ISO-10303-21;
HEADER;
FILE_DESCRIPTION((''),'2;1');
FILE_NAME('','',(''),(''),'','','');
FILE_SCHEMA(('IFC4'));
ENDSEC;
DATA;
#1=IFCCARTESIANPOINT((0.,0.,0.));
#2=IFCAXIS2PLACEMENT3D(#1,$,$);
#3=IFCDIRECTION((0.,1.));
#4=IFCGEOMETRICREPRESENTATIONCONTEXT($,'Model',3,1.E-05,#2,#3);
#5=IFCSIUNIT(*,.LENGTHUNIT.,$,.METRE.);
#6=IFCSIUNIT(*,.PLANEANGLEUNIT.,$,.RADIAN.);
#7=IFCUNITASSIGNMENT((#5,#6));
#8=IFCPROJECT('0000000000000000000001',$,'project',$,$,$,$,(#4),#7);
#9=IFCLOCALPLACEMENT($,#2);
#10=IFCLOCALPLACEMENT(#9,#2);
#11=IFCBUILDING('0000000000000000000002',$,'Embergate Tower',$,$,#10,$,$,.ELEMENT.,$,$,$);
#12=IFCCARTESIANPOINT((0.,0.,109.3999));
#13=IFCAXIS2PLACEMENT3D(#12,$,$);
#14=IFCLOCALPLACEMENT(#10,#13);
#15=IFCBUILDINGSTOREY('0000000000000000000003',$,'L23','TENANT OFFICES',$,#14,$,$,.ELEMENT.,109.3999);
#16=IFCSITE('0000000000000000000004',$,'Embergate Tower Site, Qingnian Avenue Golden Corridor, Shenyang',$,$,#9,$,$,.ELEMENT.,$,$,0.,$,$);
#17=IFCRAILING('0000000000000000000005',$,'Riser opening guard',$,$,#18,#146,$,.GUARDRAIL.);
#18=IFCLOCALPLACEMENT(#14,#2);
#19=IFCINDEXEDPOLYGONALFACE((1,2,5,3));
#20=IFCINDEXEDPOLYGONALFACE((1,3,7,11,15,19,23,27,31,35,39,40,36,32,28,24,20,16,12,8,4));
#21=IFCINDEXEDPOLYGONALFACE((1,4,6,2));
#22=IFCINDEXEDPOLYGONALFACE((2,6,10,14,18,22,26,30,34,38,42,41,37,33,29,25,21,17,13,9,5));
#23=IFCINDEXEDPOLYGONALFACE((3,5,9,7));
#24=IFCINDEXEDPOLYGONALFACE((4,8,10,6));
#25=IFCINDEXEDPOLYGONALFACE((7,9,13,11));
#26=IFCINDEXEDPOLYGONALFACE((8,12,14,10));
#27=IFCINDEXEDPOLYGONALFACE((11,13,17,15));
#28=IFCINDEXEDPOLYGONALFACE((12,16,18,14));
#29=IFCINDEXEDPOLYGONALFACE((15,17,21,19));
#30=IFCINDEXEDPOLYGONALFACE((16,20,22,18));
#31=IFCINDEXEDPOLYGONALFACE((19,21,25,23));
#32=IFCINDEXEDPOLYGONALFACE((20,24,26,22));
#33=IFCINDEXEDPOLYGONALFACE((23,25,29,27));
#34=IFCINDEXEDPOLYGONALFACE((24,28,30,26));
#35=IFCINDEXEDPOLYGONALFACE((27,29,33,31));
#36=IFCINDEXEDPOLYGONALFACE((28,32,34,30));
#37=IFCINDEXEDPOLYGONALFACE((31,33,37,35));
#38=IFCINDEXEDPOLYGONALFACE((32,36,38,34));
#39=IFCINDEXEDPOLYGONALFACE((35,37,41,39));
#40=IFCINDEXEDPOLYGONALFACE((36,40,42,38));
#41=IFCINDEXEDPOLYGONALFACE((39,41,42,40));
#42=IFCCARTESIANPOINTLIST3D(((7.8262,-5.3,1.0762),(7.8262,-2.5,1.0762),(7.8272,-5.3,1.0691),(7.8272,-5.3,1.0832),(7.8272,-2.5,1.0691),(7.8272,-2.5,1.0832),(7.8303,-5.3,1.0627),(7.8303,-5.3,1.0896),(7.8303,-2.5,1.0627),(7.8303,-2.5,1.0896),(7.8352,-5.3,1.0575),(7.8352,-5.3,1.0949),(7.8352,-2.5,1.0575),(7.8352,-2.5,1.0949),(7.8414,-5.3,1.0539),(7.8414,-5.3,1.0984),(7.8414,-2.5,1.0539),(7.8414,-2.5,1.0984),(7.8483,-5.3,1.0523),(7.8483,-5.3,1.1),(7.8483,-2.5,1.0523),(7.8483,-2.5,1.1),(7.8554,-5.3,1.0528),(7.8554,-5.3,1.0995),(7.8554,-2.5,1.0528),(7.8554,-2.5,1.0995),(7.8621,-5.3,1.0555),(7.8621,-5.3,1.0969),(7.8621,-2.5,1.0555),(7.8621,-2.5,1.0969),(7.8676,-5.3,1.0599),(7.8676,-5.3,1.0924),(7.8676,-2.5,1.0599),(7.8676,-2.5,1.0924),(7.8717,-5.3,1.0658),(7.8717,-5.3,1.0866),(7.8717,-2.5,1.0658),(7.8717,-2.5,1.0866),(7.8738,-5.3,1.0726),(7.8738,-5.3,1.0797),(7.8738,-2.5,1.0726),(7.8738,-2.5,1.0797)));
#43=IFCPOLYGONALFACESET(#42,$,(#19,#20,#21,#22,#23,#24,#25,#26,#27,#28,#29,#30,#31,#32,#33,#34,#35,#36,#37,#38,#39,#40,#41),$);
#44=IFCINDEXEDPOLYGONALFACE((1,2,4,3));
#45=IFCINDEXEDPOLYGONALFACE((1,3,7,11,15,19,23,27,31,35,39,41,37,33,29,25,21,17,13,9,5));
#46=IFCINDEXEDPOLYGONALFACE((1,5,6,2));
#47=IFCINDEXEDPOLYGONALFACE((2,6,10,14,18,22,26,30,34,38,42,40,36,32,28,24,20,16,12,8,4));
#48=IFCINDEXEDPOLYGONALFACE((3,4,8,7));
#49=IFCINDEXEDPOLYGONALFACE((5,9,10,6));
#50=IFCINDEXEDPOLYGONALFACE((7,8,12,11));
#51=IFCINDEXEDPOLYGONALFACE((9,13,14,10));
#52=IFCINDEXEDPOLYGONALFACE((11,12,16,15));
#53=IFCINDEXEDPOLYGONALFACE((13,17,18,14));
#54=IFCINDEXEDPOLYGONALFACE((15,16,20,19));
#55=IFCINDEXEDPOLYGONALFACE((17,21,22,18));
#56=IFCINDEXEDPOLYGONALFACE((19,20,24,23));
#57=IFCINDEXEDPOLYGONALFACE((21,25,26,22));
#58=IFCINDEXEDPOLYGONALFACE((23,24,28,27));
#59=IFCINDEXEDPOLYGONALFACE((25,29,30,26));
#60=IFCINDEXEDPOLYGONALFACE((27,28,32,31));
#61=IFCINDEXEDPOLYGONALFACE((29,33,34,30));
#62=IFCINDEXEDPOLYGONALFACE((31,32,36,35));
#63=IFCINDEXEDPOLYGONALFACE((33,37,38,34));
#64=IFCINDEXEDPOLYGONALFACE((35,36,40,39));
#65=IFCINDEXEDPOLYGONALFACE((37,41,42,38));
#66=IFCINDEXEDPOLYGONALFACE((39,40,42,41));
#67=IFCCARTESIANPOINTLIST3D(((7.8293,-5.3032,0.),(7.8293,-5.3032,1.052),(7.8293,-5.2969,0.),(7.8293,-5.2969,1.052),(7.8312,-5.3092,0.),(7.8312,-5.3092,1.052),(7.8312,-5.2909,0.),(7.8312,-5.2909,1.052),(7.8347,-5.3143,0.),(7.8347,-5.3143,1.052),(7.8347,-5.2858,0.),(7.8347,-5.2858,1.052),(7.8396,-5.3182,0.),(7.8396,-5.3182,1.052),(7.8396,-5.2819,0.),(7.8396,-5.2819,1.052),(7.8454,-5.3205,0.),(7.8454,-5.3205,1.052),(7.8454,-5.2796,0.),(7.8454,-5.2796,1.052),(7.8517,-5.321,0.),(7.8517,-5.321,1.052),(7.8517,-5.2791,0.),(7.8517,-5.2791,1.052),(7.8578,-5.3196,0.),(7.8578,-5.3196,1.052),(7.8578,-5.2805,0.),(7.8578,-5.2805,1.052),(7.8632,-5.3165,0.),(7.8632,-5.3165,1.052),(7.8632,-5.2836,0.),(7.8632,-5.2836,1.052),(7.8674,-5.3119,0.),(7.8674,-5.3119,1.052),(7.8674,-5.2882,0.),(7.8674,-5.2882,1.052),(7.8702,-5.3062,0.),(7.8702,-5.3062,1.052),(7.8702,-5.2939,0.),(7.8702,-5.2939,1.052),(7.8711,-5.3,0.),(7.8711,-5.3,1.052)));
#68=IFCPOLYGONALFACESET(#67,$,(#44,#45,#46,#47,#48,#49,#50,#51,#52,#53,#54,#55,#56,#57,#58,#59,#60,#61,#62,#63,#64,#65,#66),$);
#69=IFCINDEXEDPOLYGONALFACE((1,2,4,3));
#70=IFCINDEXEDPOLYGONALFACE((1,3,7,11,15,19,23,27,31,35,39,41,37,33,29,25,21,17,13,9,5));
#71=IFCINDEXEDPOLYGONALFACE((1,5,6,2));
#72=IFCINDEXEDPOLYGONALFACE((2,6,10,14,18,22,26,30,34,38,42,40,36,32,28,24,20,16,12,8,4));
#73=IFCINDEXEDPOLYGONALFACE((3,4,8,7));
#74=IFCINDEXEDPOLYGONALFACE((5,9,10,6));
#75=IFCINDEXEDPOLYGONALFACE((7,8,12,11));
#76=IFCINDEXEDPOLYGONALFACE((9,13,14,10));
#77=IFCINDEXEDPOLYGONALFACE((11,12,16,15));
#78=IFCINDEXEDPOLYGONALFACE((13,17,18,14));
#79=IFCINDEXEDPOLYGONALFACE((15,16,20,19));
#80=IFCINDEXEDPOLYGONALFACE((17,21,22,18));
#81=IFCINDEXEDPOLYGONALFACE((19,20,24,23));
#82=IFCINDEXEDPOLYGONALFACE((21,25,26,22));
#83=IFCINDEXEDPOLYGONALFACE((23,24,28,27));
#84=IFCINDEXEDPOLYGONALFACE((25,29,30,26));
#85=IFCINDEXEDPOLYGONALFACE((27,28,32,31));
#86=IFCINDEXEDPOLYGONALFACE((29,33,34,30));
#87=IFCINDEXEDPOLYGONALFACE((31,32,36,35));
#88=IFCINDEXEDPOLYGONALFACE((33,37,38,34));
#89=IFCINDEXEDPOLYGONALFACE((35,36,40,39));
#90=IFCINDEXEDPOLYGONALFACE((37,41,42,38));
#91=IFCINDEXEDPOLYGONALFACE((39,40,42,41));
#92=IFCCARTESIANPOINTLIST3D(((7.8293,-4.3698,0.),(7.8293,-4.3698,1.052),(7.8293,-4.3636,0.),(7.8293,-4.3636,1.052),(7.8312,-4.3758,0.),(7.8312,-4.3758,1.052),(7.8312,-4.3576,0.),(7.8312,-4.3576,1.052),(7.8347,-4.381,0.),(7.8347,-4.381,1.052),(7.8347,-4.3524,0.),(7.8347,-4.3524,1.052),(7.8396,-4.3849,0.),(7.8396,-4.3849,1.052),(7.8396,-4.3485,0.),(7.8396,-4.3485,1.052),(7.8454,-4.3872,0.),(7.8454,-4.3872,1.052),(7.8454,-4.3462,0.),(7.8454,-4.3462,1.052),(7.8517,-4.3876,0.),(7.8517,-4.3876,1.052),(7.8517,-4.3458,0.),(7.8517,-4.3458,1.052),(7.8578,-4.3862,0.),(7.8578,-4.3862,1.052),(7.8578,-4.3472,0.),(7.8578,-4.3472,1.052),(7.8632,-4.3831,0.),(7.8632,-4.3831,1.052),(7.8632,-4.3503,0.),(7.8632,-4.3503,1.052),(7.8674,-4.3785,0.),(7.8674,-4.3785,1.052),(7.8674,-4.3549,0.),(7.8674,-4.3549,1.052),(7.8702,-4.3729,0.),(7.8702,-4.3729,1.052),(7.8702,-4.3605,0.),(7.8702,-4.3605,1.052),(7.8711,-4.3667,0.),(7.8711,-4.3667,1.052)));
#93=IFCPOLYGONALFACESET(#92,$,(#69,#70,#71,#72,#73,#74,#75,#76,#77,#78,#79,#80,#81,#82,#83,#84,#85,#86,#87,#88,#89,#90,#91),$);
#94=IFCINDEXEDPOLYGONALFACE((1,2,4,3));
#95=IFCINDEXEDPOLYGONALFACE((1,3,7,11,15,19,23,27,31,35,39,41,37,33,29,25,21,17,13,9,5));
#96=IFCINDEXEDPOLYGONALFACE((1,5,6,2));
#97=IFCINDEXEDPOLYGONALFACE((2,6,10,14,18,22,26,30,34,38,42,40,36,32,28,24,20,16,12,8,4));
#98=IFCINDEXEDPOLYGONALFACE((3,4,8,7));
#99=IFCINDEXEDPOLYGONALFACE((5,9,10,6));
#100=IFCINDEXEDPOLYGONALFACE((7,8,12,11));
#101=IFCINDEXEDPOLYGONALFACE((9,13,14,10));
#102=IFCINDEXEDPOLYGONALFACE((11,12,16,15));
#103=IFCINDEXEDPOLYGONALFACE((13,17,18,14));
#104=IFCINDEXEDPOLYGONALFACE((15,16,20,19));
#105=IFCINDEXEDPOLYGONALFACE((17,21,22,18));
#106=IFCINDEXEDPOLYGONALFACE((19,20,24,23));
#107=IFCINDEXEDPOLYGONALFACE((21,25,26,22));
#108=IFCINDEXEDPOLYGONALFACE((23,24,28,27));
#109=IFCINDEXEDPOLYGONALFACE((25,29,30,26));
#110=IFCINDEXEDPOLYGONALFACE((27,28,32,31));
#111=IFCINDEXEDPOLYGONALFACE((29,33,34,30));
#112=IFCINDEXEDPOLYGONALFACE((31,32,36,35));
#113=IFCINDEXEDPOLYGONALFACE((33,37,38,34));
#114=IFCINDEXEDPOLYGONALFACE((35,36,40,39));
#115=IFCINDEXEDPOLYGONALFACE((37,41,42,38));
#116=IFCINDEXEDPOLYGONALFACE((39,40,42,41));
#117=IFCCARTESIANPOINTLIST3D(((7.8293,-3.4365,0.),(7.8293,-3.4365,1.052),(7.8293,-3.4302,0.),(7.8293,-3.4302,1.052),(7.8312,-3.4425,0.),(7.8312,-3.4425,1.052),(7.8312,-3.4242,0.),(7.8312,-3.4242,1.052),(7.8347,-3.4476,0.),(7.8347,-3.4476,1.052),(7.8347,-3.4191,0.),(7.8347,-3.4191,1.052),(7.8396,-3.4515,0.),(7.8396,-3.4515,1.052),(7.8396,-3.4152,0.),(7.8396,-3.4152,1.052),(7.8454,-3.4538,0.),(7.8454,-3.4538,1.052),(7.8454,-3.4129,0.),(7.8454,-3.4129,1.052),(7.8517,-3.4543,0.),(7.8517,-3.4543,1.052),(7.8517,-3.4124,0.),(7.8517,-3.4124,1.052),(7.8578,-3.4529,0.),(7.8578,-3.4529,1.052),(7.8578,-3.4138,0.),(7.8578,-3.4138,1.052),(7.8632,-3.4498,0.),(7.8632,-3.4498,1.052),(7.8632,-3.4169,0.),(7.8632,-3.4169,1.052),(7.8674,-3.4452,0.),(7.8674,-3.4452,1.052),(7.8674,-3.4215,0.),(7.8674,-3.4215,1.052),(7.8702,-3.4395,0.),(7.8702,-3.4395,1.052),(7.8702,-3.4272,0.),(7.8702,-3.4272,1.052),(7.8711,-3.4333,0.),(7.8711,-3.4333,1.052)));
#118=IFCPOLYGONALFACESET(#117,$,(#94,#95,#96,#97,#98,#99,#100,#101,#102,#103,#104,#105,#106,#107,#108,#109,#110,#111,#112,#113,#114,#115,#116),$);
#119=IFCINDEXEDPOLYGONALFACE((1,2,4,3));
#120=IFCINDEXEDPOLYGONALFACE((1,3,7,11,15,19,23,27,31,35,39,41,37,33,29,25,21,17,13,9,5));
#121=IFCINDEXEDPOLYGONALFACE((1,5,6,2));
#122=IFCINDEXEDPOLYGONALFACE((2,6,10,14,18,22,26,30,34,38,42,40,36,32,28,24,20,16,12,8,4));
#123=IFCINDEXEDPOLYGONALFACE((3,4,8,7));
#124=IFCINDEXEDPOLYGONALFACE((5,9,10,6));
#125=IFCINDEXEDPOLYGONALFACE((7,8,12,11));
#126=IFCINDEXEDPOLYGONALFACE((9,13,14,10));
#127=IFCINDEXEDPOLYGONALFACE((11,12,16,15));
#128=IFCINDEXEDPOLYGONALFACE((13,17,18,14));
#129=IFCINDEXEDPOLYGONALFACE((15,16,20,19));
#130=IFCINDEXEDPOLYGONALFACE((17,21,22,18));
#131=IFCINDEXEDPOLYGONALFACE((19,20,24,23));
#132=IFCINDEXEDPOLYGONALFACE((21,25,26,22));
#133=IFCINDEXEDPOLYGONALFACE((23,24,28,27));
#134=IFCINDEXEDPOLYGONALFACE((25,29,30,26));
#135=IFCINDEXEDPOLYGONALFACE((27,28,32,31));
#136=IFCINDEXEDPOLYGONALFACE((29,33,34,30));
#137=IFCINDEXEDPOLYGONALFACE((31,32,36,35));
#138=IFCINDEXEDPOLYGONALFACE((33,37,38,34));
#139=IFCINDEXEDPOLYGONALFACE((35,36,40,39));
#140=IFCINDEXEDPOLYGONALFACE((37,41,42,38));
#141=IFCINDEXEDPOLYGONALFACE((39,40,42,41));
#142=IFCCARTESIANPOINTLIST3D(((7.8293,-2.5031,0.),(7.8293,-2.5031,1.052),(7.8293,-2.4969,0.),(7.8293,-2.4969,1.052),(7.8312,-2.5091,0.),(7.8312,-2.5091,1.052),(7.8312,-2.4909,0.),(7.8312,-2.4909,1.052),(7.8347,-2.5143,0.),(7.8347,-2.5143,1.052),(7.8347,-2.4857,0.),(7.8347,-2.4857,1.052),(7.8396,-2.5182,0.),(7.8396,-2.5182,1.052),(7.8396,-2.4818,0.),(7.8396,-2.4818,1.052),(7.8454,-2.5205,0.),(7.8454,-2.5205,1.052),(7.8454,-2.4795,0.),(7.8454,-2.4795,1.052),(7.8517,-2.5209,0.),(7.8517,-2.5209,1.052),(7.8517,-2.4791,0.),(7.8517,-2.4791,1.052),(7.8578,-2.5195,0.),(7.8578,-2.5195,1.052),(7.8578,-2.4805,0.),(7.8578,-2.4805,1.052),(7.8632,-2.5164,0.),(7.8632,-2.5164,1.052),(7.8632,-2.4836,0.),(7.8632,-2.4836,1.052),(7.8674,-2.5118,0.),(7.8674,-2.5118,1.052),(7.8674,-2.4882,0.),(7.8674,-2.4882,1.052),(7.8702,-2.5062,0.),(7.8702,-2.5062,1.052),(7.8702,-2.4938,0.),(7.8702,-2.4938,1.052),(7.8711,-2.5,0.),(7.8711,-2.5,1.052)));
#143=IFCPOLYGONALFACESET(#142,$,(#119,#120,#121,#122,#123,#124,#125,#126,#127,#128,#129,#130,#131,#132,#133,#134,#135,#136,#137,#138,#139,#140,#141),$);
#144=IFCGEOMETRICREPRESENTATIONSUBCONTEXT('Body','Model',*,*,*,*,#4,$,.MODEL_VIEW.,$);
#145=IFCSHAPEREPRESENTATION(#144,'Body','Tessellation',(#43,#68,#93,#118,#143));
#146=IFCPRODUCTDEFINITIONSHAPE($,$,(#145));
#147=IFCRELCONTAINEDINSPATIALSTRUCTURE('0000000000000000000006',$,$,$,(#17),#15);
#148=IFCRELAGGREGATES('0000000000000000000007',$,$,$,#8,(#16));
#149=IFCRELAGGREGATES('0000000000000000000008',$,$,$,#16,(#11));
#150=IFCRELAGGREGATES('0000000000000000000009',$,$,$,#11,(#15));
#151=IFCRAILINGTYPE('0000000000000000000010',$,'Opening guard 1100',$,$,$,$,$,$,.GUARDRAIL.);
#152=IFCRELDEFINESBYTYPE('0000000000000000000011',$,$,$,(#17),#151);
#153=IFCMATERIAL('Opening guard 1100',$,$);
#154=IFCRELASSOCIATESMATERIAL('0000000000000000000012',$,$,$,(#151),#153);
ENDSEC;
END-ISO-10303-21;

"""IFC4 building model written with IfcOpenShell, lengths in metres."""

from ifc_helpers import new_model, si_unit, direction, frame, origin, origin_2d, place, context, subcontext, project, spatial, circle, extrude, source, transform, mapped, material, type_object, element, save


model = new_model("IFC4")

# Units and contexts
model_context = context("Model", 3, precision=1e-05, world=origin(), true_north=direction((0.0, 1.0)))
body_context = subcontext(model_context, "Body", "Model", "MODEL_VIEW")
ifc_project = project(units=[si_unit("LENGTHUNIT", "METRE"), si_unit("PLANEANGLEUNIT", "RADIAN")], contexts=[model_context])

# Site, building, storey
site_placement = place(None, origin())
site = spatial("IfcSite", under=ifc_project, at=site_placement, Name="Embergate Tower Site, Qingnian Avenue Golden Corridor, Shenyang", CompositionType="ELEMENT", RefElevation=0.0)
building_placement = place(site_placement, origin())
building = spatial("IfcBuilding", under=site, at=building_placement, Name="Embergate Tower", CompositionType="ELEMENT")
storey_placement = place(building_placement, frame((0.0, 0.0, 109.3999)))
storey = spatial("IfcBuildingStorey", under=building, at=storey_placement, Name="L23", Description="TENANT OFFICES", CompositionType="ELEMENT", Elevation=109.3999)

# Railing
ifc_material_1 = material(Name="Opening guard 1100")
railing_type = type_object("IfcRailingType", Name="Opening guard 1100", PredefinedType="GUARDRAIL", material=ifc_material_1)
shared_shape_1 = source(origin(), body_context, "Body", "SweptSolid", [
    extrude(circle(Radius=0.0239, at=origin_2d()), frame((0.0, 0.0, 1.0762), z_axis=(0.0, 1.0, 0.0), x_axis=(-1.0, 0.0, 0.0)), (0.0, 0.0, 1.0), 2.8),
    extrude(circle(Radius=0.021, at=origin_2d()), origin(), (0.0, 0.0, 1.0), 1.052),
    extrude(circle(Radius=0.021, at=origin_2d()), frame((0.0, 0.9333, 0.0)), (0.0, 0.0, 1.0), 1.052),
    extrude(circle(Radius=0.021, at=origin_2d()), frame((0.0, 1.8667, 0.0)), (0.0, 0.0, 1.0), 1.052),
    extrude(circle(Radius=0.021, at=origin_2d()), frame((0.0, 2.8, 0.0)), (0.0, 0.0, 1.0), 1.052),
])
railing_placement = place(storey_placement, frame((7.8501, -5.3, 0.0)))
element("IfcRailing", 1, at=railing_placement, inside=storey, type_object=railing_type, Name="Riser opening guard", PredefinedType="GUARDRAIL", context=body_context, shape_type="MappedRepresentation", body=[
    mapped(shared_shape_1, transform((0.0, 0.0, 0.0))),
])

save(model, "model.ifc")
